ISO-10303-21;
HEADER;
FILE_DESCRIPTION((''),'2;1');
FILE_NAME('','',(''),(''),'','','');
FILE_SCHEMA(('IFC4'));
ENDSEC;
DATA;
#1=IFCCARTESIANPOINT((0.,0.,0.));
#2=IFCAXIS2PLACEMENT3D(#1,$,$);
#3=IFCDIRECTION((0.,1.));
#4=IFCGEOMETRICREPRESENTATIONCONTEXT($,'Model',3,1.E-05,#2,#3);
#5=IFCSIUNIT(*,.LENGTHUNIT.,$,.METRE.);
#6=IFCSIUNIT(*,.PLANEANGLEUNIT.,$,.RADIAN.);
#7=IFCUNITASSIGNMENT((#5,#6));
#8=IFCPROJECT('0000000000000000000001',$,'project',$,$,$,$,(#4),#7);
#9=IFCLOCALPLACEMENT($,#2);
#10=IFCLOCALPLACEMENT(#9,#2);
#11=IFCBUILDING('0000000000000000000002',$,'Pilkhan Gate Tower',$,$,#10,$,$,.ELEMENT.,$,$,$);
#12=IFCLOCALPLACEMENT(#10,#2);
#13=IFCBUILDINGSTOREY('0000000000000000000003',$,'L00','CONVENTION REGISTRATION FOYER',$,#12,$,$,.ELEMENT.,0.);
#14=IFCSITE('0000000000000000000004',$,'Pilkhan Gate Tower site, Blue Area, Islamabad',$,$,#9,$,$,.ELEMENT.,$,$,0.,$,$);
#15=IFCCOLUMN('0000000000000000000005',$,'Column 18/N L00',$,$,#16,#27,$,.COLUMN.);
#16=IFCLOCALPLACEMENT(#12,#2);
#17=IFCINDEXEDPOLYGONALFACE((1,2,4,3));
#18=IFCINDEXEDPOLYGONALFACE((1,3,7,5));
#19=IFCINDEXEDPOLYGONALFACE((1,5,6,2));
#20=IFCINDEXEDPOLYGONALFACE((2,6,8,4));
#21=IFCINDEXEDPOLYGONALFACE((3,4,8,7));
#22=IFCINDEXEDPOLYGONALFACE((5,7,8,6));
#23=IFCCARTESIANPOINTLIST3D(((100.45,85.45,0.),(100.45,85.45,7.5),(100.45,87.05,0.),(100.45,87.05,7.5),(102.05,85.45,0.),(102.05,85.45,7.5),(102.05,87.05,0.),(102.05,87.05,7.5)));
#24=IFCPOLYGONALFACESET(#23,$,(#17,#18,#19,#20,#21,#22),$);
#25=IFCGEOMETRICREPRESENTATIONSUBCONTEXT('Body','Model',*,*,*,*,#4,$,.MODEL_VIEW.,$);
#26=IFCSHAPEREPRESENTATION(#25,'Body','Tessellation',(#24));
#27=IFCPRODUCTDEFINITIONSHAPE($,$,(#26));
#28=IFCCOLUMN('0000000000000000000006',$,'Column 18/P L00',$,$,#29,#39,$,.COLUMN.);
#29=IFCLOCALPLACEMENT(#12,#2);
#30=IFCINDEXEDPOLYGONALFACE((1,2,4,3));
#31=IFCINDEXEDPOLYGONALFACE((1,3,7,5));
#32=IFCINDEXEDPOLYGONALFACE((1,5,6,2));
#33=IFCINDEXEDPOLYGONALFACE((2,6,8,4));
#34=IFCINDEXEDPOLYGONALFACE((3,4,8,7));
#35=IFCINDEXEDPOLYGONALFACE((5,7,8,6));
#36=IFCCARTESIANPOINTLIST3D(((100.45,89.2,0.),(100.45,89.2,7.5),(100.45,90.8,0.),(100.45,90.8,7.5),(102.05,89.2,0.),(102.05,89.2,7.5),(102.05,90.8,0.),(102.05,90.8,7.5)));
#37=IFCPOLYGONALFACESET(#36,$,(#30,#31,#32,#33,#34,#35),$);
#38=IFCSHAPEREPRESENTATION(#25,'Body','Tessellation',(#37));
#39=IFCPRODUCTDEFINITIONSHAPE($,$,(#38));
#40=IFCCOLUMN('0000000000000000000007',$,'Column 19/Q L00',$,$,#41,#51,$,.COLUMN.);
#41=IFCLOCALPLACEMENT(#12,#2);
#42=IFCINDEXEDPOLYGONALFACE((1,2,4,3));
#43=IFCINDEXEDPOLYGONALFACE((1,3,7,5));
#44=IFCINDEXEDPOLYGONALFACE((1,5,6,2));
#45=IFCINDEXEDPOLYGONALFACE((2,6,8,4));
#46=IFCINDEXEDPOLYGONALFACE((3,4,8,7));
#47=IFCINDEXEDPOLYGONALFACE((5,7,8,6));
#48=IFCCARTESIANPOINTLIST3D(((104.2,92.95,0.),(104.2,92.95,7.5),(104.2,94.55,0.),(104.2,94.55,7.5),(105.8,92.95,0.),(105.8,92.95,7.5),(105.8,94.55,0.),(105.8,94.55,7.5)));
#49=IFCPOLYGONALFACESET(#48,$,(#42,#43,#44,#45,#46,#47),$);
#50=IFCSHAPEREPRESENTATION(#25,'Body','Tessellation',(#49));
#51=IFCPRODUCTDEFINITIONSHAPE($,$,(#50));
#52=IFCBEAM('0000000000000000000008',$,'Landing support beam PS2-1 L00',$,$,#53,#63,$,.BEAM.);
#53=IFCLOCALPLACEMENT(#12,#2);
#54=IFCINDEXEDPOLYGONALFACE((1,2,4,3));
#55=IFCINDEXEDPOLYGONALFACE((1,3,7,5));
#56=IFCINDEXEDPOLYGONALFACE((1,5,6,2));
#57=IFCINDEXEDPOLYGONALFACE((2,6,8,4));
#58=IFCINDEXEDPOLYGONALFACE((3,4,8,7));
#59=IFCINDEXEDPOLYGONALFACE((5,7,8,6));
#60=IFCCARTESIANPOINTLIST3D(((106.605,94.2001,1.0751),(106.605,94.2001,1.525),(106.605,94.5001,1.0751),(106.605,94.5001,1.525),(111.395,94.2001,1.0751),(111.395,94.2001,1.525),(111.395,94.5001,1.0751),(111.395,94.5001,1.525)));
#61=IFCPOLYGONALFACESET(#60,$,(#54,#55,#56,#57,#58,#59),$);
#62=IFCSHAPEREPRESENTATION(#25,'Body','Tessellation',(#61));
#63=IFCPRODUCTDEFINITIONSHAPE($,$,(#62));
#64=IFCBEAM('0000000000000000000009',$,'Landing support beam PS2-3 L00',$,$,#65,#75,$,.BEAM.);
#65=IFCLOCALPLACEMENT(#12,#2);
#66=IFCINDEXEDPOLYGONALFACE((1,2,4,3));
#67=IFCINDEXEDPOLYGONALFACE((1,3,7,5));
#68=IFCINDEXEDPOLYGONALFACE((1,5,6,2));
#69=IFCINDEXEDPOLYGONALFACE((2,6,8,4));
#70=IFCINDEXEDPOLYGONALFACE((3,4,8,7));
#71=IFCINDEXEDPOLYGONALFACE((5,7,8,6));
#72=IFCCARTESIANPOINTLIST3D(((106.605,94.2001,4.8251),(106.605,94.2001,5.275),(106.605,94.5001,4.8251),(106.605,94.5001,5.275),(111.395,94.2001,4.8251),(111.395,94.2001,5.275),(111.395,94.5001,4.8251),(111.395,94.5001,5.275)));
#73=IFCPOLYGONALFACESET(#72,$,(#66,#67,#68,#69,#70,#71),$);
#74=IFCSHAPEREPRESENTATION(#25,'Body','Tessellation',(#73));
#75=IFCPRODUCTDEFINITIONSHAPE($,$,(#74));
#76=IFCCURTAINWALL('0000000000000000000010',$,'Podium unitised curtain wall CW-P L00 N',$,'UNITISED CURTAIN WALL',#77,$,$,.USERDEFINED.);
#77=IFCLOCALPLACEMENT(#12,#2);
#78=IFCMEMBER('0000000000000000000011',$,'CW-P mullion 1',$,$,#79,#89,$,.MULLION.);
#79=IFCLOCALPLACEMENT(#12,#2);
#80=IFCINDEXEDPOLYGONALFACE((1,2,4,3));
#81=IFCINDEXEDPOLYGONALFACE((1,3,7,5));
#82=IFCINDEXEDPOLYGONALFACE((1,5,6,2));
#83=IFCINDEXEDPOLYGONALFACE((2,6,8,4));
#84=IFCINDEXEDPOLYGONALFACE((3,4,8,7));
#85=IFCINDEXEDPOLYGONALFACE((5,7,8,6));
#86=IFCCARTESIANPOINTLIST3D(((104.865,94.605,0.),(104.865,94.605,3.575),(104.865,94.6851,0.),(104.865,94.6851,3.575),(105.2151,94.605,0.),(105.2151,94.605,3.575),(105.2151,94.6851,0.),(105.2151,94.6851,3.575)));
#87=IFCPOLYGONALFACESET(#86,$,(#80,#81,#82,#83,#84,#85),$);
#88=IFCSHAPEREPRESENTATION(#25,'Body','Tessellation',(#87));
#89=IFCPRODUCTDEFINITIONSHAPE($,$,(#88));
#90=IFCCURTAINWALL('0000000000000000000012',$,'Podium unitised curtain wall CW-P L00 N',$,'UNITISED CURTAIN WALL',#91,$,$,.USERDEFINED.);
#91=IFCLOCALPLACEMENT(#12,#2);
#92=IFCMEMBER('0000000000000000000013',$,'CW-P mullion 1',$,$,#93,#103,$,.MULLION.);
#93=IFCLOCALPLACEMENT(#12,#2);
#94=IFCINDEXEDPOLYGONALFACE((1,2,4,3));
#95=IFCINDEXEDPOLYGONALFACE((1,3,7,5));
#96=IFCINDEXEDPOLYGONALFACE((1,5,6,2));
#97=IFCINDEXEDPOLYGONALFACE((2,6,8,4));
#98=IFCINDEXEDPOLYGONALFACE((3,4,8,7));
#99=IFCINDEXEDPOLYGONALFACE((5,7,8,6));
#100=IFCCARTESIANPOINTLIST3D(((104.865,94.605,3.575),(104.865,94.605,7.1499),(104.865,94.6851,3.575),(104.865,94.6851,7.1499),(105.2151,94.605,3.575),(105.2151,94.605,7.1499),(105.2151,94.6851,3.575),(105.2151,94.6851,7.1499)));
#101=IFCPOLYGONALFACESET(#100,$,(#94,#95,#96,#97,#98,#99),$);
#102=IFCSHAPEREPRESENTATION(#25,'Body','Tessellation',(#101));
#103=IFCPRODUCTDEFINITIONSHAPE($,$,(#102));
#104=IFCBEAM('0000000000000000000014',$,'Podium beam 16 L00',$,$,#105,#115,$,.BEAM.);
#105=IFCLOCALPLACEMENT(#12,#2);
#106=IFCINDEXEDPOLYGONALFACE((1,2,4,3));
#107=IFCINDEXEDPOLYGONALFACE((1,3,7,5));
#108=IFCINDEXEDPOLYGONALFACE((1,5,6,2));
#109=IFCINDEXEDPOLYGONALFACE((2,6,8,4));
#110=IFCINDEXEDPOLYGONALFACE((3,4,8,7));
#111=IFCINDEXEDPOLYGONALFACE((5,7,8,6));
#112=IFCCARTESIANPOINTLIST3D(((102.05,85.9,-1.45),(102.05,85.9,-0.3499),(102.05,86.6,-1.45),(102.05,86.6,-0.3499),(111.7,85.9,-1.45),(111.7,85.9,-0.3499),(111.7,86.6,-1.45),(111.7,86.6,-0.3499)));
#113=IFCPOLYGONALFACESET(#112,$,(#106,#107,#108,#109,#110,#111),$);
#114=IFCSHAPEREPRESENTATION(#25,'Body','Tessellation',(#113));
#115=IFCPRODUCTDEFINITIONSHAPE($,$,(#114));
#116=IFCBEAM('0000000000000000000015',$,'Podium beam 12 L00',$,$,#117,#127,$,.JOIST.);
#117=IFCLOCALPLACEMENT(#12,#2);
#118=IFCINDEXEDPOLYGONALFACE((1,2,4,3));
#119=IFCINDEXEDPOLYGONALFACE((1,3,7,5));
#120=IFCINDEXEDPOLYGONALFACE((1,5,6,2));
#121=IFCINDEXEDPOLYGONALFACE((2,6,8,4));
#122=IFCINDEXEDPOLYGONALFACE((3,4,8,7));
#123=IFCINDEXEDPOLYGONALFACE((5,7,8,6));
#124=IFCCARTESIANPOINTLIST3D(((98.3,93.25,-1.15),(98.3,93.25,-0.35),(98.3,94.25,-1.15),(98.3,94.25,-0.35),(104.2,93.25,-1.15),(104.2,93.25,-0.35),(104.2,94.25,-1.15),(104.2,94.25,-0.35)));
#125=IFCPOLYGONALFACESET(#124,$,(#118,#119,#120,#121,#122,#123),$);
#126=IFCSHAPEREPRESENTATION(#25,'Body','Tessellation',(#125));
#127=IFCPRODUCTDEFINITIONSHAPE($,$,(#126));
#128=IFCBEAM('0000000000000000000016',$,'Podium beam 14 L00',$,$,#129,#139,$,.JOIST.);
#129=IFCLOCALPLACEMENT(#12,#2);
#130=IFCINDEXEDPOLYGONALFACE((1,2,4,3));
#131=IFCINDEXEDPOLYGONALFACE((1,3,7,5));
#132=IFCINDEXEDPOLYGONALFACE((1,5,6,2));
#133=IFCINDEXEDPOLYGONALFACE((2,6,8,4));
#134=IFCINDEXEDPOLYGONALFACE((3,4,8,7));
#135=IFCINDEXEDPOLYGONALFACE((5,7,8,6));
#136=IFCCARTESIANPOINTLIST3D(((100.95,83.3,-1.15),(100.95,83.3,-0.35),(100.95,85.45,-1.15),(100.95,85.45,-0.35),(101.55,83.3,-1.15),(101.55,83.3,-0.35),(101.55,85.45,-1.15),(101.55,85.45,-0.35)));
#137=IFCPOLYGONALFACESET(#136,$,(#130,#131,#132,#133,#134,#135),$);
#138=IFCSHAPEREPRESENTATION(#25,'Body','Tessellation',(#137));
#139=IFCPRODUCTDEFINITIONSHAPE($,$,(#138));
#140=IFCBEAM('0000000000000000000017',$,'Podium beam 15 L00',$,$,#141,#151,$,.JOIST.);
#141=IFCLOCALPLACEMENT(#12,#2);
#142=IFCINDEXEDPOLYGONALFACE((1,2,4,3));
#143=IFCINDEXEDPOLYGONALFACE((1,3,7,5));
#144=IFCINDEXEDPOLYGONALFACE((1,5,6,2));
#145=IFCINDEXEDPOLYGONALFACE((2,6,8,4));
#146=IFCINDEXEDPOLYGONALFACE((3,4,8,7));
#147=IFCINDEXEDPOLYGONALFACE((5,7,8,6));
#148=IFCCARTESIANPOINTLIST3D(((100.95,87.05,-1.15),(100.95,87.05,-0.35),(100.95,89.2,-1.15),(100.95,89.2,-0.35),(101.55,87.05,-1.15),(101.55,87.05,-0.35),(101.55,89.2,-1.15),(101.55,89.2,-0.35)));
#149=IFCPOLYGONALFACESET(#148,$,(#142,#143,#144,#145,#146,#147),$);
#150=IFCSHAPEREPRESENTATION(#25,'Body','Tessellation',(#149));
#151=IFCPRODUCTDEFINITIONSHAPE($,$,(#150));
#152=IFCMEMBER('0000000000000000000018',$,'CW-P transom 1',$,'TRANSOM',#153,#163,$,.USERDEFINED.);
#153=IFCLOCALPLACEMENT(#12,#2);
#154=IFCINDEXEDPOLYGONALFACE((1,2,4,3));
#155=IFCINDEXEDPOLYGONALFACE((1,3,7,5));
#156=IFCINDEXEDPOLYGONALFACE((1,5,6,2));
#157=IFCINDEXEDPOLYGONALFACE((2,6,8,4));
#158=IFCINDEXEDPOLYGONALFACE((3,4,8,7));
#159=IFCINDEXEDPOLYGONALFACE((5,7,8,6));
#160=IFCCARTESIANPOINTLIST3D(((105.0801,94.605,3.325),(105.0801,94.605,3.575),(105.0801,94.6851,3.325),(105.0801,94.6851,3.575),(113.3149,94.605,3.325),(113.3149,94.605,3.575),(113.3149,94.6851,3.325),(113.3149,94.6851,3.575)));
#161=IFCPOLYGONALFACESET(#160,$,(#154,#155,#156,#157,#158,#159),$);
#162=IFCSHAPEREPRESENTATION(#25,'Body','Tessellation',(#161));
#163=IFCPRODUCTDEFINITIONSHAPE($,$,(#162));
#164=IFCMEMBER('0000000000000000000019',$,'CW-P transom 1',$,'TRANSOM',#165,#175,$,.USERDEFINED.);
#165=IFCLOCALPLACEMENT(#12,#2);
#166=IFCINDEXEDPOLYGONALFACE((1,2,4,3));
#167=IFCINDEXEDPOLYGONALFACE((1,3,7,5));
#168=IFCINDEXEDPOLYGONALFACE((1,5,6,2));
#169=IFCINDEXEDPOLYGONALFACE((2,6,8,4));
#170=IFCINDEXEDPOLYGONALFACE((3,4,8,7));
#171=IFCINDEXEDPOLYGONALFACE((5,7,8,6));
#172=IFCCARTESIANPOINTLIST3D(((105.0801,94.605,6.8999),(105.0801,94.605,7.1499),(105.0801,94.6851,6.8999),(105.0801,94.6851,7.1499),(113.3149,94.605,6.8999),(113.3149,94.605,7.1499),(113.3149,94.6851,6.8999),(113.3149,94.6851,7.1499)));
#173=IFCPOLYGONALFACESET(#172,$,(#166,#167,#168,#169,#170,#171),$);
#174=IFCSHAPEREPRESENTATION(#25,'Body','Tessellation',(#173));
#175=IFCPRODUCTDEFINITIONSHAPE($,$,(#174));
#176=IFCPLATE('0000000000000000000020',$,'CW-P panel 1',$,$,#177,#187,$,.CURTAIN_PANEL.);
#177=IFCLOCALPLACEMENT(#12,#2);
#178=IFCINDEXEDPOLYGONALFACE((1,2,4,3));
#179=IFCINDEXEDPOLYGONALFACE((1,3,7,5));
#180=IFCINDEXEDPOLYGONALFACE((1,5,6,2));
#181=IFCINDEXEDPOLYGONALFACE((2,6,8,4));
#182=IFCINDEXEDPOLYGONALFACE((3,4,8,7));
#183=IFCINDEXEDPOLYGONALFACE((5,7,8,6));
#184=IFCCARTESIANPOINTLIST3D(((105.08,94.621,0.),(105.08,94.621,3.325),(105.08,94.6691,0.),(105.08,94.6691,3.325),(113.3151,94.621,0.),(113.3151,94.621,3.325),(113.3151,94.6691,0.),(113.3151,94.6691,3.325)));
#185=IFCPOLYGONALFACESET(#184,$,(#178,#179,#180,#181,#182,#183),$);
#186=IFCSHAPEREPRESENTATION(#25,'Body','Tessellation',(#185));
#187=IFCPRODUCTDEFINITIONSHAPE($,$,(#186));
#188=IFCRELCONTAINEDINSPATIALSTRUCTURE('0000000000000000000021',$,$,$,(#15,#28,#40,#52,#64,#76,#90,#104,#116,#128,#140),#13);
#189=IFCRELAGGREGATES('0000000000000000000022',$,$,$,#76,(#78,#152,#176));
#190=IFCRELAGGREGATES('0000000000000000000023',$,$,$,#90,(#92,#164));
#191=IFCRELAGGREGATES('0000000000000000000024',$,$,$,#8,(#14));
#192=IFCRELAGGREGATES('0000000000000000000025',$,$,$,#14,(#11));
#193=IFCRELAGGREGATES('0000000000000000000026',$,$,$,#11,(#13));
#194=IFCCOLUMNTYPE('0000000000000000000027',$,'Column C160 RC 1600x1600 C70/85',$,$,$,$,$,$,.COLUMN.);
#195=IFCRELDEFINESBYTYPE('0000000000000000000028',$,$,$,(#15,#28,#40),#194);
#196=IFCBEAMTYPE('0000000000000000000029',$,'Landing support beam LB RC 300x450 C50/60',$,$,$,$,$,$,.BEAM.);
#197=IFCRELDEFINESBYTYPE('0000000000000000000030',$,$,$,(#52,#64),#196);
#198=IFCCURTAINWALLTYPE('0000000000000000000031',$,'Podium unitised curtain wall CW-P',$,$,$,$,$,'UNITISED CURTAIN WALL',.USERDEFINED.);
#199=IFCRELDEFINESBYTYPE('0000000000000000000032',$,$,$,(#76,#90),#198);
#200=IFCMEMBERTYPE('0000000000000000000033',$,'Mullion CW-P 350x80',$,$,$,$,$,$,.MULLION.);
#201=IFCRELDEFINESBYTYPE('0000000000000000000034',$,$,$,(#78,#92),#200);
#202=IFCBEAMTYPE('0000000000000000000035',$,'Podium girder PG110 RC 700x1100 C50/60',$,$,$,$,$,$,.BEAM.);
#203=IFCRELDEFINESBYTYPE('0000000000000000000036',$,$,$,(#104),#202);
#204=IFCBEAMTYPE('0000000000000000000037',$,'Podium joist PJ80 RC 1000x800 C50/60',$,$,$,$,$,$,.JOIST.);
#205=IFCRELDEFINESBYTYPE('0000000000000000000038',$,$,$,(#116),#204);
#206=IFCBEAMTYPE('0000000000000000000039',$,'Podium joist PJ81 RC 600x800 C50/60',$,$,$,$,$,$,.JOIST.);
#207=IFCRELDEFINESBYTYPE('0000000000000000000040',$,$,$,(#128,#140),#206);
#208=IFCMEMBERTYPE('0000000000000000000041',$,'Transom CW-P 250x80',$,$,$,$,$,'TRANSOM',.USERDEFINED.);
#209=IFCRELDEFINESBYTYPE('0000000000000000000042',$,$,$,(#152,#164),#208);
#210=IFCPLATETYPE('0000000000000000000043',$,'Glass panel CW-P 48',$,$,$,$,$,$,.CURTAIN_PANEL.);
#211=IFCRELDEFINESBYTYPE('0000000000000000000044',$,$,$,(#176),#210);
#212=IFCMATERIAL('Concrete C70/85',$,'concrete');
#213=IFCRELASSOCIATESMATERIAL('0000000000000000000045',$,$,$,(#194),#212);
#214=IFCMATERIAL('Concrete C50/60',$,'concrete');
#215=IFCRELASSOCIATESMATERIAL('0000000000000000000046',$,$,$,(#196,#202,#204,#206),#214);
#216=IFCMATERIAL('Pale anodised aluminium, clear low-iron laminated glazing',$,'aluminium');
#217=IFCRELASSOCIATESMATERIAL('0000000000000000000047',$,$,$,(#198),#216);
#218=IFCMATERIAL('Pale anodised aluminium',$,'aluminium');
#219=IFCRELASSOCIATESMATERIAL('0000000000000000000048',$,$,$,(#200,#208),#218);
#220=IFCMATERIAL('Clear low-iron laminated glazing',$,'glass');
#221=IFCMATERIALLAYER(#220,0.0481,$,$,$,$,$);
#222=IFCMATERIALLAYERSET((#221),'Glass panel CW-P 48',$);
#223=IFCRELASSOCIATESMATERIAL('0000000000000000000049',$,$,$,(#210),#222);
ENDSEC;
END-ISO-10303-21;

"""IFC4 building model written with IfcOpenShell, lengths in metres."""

from ifc_helpers import new_model, si_unit, direction, frame, origin, origin_2d, place, context, subcontext, project, spatial, rectangle, extrude, material, layer, layer_set, material_profile, profile_set, type_object, element, aggregate, save


model = new_model("IFC4")

# Units and contexts
model_context = context("Model", 3, precision=1e-05, world=origin(), true_north=direction((0.0, 1.0)))
body_context = subcontext(model_context, "Body", "Model", "MODEL_VIEW")
ifc_project = project(units=[si_unit("LENGTHUNIT", "METRE"), si_unit("PLANEANGLEUNIT", "RADIAN")], contexts=[model_context])

# Site, building, storey
site_placement = place(None, origin())
site = spatial("IfcSite", under=ifc_project, at=site_placement, Name="Pilkhan Gate Tower site, Blue Area, Islamabad", CompositionType="ELEMENT", RefElevation=0.0)
building_placement = place(site_placement, origin())
building = spatial("IfcBuilding", under=site, at=building_placement, Name="Pilkhan Gate Tower", CompositionType="ELEMENT")
storey_placement = place(building_placement, origin())
storey = spatial("IfcBuildingStorey", under=building, at=storey_placement, Name="L00", Description="CONVENTION REGISTRATION FOYER", CompositionType="ELEMENT", Elevation=0.0)

# Columns
ifc_material_1 = material(Name="Concrete C70/85", Category="concrete")
ifc_material_profile_1 = material_profile(ifc_material_1, rectangle(XDim=1.6001, YDim=1.6001, at=origin_2d()), Name="RC 1600x1600")
ifc_profile_set_1 = profile_set([ifc_material_profile_1], Name="Concrete C70/85")
column_type = type_object("IfcColumnType", Name="Column C160 RC 1600x1600 C70/85", PredefinedType="COLUMN", material=ifc_profile_set_1)
for number, where, z_axis, x_axis, name in (
    (1, (101.25, 86.25, 0.0), (0.0, 0.0, 1.0), (1.0, 0.0, 0.0), "Column 18/N L00"),
    (2, (101.25, 90.0, 0.0), (0.0, 0.0, 1.0), (1.0, 0.0, 0.0), "Column 18/P L00"),
    (3, (105.0, 93.75, 0.0), (0.0, 0.0, 1.0), (1.0, 0.0, 0.0), "Column 19/Q L00"),
):
    element("IfcColumn", number, at=place(storey_placement, frame(where, z_axis=z_axis, x_axis=x_axis)), inside=storey, type_object=column_type, Name=name, PredefinedType="COLUMN", context=body_context, shape_type="SweptSolid", body=[
        extrude(rectangle(XDim=1.6001, YDim=1.6001, at=origin_2d()), origin(), (0.0, 0.0, 1.0), 7.5),
    ])

# Beams
ifc_material_2 = material(Name="Concrete C50/60", Category="concrete")
ifc_material_profile_2 = material_profile(ifc_material_2, rectangle(XDim=0.3, YDim=0.45, at=origin_2d()), Name="RC 300x450")
ifc_profile_set_2 = profile_set([ifc_material_profile_2], Name="Concrete C50/60")
beam_type_1 = type_object("IfcBeamType", Name="Landing support beam LB RC 300x450 C50/60", PredefinedType="BEAM", material=ifc_profile_set_2)
for number, where, z_axis, x_axis, name in (
    (4, (106.605, 94.3501, 1.3), (1.0, 0.0, 0.0), (0.0, 1.0, 0.0), "Landing support beam PS2-1 L00"),
    (5, (106.605, 94.3501, 5.05), (1.0, 0.0, 0.0), (0.0, 1.0, 0.0), "Landing support beam PS2-3 L00"),
):
    element("IfcBeam", number, at=place(storey_placement, frame(where, z_axis=z_axis, x_axis=x_axis)), inside=storey, type_object=beam_type_1, Name=name, PredefinedType="BEAM", context=body_context, shape_type="SweptSolid", body=[
        extrude(rectangle(XDim=0.3, YDim=0.45, at=origin_2d()), origin(), (0.0, 0.0, 1.0), 4.79),
    ])

# Curtain walls, members
ifc_material_3 = material(Name="Pale anodised aluminium, clear low-iron laminated glazing", Category="aluminium")
curtain_wall_type = type_object("IfcCurtainWallType", Name="Podium unitised curtain wall CW-P", ElementType="UNITISED CURTAIN WALL", PredefinedType="USERDEFINED", material=ifc_material_3)
curtain_wall_1_placement = place(storey_placement, origin())
curtain_wall_1 = element("IfcCurtainWall", 6, at=curtain_wall_1_placement, inside=storey, type_object=curtain_wall_type, Name="Podium unitised curtain wall CW-P L00 N", ObjectType="UNITISED CURTAIN WALL", PredefinedType="USERDEFINED")
ifc_material_4 = material(Name="Pale anodised aluminium", Category="aluminium")
ifc_material_profile_3 = material_profile(ifc_material_4, rectangle(XDim=0.0801, YDim=0.3501, at=origin_2d()), Name="Mullion 350x80")
ifc_profile_set_3 = profile_set([ifc_material_profile_3], Name="Pale anodised aluminium")
member_type_1 = type_object("IfcMemberType", Name="Mullion CW-P 350x80", PredefinedType="MULLION", material=ifc_profile_set_3)
member_1_placement = place(storey_placement, frame((105.04, 94.645, 0.0), z_axis=(0.0, 0.0, 1.0), x_axis=(0.0, 1.0, 0.0)))
member_1 = element("IfcMember", 7, at=member_1_placement, type_object=member_type_1, Name="CW-P mullion 1", PredefinedType="MULLION", context=body_context, shape_type="SweptSolid", body=[
    extrude(rectangle(XDim=0.0801, YDim=0.3501, at=origin_2d()), origin(), (0.0, 0.0, 1.0), 3.575),
])
curtain_wall_2_placement = place(storey_placement, origin())
curtain_wall_2 = element("IfcCurtainWall", 8, at=curtain_wall_2_placement, inside=storey, type_object=curtain_wall_type, Name="Podium unitised curtain wall CW-P L00 N", ObjectType="UNITISED CURTAIN WALL", PredefinedType="USERDEFINED")
member_2_placement = place(storey_placement, frame((105.04, 94.645, 3.575), z_axis=(0.0, 0.0, 1.0), x_axis=(0.0, 1.0, 0.0)))
member_2 = element("IfcMember", 9, at=member_2_placement, type_object=member_type_1, Name="CW-P mullion 1", PredefinedType="MULLION", context=body_context, shape_type="SweptSolid", body=[
    extrude(rectangle(XDim=0.0801, YDim=0.3501, at=origin_2d()), origin(), (0.0, 0.0, 1.0), 3.575),
])

# Beams
ifc_material_profile_4 = material_profile(ifc_material_2, rectangle(XDim=0.7, YDim=1.1001, at=origin_2d()), Name="RC 700x1100")
ifc_profile_set_4 = profile_set([ifc_material_profile_4], Name="Concrete C50/60")
beam_type_2 = type_object("IfcBeamType", Name="Podium girder PG110 RC 700x1100 C50/60", PredefinedType="BEAM", material=ifc_profile_set_4)
beam_1_placement = place(storey_placement, frame((102.05, 86.25, -0.8999), z_axis=(1.0, 0.0, 0.0), x_axis=(0.0, 1.0, 0.0)))
element("IfcBeam", 10, at=beam_1_placement, inside=storey, type_object=beam_type_2, Name="Podium beam 16 L00", PredefinedType="BEAM", context=body_context, shape_type="SweptSolid", body=[
    extrude(rectangle(XDim=0.7, YDim=1.1001, at=origin_2d()), origin(), (0.0, 0.0, 1.0), 9.6499),
])
ifc_material_profile_5 = material_profile(ifc_material_2, rectangle(XDim=1.0, YDim=0.8, at=origin_2d()), Name="RC 1000x800")
ifc_profile_set_5 = profile_set([ifc_material_profile_5], Name="Concrete C50/60")
beam_type_3 = type_object("IfcBeamType", Name="Podium joist PJ80 RC 1000x800 C50/60", PredefinedType="JOIST", material=ifc_profile_set_5)
beam_2_placement = place(storey_placement, frame((98.3, 93.75, -0.75), z_axis=(1.0, 0.0, 0.0), x_axis=(0.0, 1.0, 0.0)))
element("IfcBeam", 11, at=beam_2_placement, inside=storey, type_object=beam_type_3, Name="Podium beam 12 L00", PredefinedType="JOIST", context=body_context, shape_type="SweptSolid", body=[
    extrude(rectangle(XDim=1.0, YDim=0.8, at=origin_2d()), origin(), (0.0, 0.0, 1.0), 5.8999),
])
ifc_material_profile_6 = material_profile(ifc_material_2, rectangle(XDim=0.6001, YDim=0.8, at=origin_2d()), Name="RC 600x800")
ifc_profile_set_6 = profile_set([ifc_material_profile_6], Name="Concrete C50/60")
beam_type_4 = type_object("IfcBeamType", Name="Podium joist PJ81 RC 600x800 C50/60", PredefinedType="JOIST", material=ifc_profile_set_6)
for number, where, z_axis, x_axis, name in (
    (12, (101.25, 83.3, -0.75), (0.0, 1.0, 0.0), (-1.0, 0.0, 0.0), "Podium beam 14 L00"),
    (13, (101.25, 87.05, -0.75), (0.0, 1.0, 0.0), (-1.0, 0.0, 0.0), "Podium beam 15 L00"),
):
    element("IfcBeam", number, at=place(storey_placement, frame(where, z_axis=z_axis, x_axis=x_axis)), inside=storey, type_object=beam_type_4, Name=name, PredefinedType="JOIST", context=body_context, shape_type="SweptSolid", body=[
        extrude(rectangle(XDim=0.6001, YDim=0.8, at=origin_2d()), origin(), (0.0, 0.0, 1.0), 2.1499),
    ])

# Members
ifc_material_profile_7 = material_profile(ifc_material_4, rectangle(XDim=0.0801, YDim=0.25, at=origin_2d()), Name="Transom 250x80")
ifc_profile_set_7 = profile_set([ifc_material_profile_7], Name="Pale anodised aluminium")
member_type_2 = type_object("IfcMemberType", Name="Transom CW-P 250x80", ElementType="TRANSOM", PredefinedType="USERDEFINED", material=ifc_profile_set_7)
member_3_placement = place(storey_placement, frame((105.0801, 94.645, 3.45), z_axis=(1.0, 0.0, 0.0), x_axis=(0.0, 1.0, 0.0)))
member_3 = element("IfcMember", 14, at=member_3_placement, type_object=member_type_2, Name="CW-P transom 1", ObjectType="TRANSOM", PredefinedType="USERDEFINED", context=body_context, shape_type="SweptSolid", body=[
    extrude(rectangle(XDim=0.0801, YDim=0.25, at=origin_2d()), origin(), (0.0, 0.0, 1.0), 8.2349),
])
member_4_placement = place(storey_placement, frame((105.0801, 94.645, 7.0249), z_axis=(1.0, 0.0, 0.0), x_axis=(0.0, 1.0, 0.0)))
member_4 = element("IfcMember", 15, at=member_4_placement, type_object=member_type_2, Name="CW-P transom 1", ObjectType="TRANSOM", PredefinedType="USERDEFINED", context=body_context, shape_type="SweptSolid", body=[
    extrude(rectangle(XDim=0.0801, YDim=0.25, at=origin_2d()), origin(), (0.0, 0.0, 1.0), 8.2349),
])

# Plate
ifc_material_5 = material(Name="Clear low-iron laminated glazing", Category="glass")
ifc_layer_1 = layer(ifc_material_5, 0.0481)
ifc_layer_set_1 = layer_set([ifc_layer_1], Name="Glass panel CW-P 48")
plate_type = type_object("IfcPlateType", Name="Glass panel CW-P 48", PredefinedType="CURTAIN_PANEL", material=ifc_layer_set_1)
plate_1_placement = place(storey_placement, frame((109.1975, 94.645, 0.0), z_axis=(0.0, 0.0, 1.0), x_axis=(1.0, 0.0, 0.0)))
plate_1 = element("IfcPlate", 16, at=plate_1_placement, type_object=plate_type, Name="CW-P panel 1", PredefinedType="CURTAIN_PANEL", context=body_context, shape_type="SweptSolid", body=[
    extrude(rectangle(XDim=8.2351, YDim=0.0481, at=origin_2d()), origin(), (0.0, 0.0, 1.0), 3.325),
])
aggregate(curtain_wall_1, [member_1, member_3, plate_1])
aggregate(curtain_wall_2, [member_2, member_4])

save(model, "model.ifc")
